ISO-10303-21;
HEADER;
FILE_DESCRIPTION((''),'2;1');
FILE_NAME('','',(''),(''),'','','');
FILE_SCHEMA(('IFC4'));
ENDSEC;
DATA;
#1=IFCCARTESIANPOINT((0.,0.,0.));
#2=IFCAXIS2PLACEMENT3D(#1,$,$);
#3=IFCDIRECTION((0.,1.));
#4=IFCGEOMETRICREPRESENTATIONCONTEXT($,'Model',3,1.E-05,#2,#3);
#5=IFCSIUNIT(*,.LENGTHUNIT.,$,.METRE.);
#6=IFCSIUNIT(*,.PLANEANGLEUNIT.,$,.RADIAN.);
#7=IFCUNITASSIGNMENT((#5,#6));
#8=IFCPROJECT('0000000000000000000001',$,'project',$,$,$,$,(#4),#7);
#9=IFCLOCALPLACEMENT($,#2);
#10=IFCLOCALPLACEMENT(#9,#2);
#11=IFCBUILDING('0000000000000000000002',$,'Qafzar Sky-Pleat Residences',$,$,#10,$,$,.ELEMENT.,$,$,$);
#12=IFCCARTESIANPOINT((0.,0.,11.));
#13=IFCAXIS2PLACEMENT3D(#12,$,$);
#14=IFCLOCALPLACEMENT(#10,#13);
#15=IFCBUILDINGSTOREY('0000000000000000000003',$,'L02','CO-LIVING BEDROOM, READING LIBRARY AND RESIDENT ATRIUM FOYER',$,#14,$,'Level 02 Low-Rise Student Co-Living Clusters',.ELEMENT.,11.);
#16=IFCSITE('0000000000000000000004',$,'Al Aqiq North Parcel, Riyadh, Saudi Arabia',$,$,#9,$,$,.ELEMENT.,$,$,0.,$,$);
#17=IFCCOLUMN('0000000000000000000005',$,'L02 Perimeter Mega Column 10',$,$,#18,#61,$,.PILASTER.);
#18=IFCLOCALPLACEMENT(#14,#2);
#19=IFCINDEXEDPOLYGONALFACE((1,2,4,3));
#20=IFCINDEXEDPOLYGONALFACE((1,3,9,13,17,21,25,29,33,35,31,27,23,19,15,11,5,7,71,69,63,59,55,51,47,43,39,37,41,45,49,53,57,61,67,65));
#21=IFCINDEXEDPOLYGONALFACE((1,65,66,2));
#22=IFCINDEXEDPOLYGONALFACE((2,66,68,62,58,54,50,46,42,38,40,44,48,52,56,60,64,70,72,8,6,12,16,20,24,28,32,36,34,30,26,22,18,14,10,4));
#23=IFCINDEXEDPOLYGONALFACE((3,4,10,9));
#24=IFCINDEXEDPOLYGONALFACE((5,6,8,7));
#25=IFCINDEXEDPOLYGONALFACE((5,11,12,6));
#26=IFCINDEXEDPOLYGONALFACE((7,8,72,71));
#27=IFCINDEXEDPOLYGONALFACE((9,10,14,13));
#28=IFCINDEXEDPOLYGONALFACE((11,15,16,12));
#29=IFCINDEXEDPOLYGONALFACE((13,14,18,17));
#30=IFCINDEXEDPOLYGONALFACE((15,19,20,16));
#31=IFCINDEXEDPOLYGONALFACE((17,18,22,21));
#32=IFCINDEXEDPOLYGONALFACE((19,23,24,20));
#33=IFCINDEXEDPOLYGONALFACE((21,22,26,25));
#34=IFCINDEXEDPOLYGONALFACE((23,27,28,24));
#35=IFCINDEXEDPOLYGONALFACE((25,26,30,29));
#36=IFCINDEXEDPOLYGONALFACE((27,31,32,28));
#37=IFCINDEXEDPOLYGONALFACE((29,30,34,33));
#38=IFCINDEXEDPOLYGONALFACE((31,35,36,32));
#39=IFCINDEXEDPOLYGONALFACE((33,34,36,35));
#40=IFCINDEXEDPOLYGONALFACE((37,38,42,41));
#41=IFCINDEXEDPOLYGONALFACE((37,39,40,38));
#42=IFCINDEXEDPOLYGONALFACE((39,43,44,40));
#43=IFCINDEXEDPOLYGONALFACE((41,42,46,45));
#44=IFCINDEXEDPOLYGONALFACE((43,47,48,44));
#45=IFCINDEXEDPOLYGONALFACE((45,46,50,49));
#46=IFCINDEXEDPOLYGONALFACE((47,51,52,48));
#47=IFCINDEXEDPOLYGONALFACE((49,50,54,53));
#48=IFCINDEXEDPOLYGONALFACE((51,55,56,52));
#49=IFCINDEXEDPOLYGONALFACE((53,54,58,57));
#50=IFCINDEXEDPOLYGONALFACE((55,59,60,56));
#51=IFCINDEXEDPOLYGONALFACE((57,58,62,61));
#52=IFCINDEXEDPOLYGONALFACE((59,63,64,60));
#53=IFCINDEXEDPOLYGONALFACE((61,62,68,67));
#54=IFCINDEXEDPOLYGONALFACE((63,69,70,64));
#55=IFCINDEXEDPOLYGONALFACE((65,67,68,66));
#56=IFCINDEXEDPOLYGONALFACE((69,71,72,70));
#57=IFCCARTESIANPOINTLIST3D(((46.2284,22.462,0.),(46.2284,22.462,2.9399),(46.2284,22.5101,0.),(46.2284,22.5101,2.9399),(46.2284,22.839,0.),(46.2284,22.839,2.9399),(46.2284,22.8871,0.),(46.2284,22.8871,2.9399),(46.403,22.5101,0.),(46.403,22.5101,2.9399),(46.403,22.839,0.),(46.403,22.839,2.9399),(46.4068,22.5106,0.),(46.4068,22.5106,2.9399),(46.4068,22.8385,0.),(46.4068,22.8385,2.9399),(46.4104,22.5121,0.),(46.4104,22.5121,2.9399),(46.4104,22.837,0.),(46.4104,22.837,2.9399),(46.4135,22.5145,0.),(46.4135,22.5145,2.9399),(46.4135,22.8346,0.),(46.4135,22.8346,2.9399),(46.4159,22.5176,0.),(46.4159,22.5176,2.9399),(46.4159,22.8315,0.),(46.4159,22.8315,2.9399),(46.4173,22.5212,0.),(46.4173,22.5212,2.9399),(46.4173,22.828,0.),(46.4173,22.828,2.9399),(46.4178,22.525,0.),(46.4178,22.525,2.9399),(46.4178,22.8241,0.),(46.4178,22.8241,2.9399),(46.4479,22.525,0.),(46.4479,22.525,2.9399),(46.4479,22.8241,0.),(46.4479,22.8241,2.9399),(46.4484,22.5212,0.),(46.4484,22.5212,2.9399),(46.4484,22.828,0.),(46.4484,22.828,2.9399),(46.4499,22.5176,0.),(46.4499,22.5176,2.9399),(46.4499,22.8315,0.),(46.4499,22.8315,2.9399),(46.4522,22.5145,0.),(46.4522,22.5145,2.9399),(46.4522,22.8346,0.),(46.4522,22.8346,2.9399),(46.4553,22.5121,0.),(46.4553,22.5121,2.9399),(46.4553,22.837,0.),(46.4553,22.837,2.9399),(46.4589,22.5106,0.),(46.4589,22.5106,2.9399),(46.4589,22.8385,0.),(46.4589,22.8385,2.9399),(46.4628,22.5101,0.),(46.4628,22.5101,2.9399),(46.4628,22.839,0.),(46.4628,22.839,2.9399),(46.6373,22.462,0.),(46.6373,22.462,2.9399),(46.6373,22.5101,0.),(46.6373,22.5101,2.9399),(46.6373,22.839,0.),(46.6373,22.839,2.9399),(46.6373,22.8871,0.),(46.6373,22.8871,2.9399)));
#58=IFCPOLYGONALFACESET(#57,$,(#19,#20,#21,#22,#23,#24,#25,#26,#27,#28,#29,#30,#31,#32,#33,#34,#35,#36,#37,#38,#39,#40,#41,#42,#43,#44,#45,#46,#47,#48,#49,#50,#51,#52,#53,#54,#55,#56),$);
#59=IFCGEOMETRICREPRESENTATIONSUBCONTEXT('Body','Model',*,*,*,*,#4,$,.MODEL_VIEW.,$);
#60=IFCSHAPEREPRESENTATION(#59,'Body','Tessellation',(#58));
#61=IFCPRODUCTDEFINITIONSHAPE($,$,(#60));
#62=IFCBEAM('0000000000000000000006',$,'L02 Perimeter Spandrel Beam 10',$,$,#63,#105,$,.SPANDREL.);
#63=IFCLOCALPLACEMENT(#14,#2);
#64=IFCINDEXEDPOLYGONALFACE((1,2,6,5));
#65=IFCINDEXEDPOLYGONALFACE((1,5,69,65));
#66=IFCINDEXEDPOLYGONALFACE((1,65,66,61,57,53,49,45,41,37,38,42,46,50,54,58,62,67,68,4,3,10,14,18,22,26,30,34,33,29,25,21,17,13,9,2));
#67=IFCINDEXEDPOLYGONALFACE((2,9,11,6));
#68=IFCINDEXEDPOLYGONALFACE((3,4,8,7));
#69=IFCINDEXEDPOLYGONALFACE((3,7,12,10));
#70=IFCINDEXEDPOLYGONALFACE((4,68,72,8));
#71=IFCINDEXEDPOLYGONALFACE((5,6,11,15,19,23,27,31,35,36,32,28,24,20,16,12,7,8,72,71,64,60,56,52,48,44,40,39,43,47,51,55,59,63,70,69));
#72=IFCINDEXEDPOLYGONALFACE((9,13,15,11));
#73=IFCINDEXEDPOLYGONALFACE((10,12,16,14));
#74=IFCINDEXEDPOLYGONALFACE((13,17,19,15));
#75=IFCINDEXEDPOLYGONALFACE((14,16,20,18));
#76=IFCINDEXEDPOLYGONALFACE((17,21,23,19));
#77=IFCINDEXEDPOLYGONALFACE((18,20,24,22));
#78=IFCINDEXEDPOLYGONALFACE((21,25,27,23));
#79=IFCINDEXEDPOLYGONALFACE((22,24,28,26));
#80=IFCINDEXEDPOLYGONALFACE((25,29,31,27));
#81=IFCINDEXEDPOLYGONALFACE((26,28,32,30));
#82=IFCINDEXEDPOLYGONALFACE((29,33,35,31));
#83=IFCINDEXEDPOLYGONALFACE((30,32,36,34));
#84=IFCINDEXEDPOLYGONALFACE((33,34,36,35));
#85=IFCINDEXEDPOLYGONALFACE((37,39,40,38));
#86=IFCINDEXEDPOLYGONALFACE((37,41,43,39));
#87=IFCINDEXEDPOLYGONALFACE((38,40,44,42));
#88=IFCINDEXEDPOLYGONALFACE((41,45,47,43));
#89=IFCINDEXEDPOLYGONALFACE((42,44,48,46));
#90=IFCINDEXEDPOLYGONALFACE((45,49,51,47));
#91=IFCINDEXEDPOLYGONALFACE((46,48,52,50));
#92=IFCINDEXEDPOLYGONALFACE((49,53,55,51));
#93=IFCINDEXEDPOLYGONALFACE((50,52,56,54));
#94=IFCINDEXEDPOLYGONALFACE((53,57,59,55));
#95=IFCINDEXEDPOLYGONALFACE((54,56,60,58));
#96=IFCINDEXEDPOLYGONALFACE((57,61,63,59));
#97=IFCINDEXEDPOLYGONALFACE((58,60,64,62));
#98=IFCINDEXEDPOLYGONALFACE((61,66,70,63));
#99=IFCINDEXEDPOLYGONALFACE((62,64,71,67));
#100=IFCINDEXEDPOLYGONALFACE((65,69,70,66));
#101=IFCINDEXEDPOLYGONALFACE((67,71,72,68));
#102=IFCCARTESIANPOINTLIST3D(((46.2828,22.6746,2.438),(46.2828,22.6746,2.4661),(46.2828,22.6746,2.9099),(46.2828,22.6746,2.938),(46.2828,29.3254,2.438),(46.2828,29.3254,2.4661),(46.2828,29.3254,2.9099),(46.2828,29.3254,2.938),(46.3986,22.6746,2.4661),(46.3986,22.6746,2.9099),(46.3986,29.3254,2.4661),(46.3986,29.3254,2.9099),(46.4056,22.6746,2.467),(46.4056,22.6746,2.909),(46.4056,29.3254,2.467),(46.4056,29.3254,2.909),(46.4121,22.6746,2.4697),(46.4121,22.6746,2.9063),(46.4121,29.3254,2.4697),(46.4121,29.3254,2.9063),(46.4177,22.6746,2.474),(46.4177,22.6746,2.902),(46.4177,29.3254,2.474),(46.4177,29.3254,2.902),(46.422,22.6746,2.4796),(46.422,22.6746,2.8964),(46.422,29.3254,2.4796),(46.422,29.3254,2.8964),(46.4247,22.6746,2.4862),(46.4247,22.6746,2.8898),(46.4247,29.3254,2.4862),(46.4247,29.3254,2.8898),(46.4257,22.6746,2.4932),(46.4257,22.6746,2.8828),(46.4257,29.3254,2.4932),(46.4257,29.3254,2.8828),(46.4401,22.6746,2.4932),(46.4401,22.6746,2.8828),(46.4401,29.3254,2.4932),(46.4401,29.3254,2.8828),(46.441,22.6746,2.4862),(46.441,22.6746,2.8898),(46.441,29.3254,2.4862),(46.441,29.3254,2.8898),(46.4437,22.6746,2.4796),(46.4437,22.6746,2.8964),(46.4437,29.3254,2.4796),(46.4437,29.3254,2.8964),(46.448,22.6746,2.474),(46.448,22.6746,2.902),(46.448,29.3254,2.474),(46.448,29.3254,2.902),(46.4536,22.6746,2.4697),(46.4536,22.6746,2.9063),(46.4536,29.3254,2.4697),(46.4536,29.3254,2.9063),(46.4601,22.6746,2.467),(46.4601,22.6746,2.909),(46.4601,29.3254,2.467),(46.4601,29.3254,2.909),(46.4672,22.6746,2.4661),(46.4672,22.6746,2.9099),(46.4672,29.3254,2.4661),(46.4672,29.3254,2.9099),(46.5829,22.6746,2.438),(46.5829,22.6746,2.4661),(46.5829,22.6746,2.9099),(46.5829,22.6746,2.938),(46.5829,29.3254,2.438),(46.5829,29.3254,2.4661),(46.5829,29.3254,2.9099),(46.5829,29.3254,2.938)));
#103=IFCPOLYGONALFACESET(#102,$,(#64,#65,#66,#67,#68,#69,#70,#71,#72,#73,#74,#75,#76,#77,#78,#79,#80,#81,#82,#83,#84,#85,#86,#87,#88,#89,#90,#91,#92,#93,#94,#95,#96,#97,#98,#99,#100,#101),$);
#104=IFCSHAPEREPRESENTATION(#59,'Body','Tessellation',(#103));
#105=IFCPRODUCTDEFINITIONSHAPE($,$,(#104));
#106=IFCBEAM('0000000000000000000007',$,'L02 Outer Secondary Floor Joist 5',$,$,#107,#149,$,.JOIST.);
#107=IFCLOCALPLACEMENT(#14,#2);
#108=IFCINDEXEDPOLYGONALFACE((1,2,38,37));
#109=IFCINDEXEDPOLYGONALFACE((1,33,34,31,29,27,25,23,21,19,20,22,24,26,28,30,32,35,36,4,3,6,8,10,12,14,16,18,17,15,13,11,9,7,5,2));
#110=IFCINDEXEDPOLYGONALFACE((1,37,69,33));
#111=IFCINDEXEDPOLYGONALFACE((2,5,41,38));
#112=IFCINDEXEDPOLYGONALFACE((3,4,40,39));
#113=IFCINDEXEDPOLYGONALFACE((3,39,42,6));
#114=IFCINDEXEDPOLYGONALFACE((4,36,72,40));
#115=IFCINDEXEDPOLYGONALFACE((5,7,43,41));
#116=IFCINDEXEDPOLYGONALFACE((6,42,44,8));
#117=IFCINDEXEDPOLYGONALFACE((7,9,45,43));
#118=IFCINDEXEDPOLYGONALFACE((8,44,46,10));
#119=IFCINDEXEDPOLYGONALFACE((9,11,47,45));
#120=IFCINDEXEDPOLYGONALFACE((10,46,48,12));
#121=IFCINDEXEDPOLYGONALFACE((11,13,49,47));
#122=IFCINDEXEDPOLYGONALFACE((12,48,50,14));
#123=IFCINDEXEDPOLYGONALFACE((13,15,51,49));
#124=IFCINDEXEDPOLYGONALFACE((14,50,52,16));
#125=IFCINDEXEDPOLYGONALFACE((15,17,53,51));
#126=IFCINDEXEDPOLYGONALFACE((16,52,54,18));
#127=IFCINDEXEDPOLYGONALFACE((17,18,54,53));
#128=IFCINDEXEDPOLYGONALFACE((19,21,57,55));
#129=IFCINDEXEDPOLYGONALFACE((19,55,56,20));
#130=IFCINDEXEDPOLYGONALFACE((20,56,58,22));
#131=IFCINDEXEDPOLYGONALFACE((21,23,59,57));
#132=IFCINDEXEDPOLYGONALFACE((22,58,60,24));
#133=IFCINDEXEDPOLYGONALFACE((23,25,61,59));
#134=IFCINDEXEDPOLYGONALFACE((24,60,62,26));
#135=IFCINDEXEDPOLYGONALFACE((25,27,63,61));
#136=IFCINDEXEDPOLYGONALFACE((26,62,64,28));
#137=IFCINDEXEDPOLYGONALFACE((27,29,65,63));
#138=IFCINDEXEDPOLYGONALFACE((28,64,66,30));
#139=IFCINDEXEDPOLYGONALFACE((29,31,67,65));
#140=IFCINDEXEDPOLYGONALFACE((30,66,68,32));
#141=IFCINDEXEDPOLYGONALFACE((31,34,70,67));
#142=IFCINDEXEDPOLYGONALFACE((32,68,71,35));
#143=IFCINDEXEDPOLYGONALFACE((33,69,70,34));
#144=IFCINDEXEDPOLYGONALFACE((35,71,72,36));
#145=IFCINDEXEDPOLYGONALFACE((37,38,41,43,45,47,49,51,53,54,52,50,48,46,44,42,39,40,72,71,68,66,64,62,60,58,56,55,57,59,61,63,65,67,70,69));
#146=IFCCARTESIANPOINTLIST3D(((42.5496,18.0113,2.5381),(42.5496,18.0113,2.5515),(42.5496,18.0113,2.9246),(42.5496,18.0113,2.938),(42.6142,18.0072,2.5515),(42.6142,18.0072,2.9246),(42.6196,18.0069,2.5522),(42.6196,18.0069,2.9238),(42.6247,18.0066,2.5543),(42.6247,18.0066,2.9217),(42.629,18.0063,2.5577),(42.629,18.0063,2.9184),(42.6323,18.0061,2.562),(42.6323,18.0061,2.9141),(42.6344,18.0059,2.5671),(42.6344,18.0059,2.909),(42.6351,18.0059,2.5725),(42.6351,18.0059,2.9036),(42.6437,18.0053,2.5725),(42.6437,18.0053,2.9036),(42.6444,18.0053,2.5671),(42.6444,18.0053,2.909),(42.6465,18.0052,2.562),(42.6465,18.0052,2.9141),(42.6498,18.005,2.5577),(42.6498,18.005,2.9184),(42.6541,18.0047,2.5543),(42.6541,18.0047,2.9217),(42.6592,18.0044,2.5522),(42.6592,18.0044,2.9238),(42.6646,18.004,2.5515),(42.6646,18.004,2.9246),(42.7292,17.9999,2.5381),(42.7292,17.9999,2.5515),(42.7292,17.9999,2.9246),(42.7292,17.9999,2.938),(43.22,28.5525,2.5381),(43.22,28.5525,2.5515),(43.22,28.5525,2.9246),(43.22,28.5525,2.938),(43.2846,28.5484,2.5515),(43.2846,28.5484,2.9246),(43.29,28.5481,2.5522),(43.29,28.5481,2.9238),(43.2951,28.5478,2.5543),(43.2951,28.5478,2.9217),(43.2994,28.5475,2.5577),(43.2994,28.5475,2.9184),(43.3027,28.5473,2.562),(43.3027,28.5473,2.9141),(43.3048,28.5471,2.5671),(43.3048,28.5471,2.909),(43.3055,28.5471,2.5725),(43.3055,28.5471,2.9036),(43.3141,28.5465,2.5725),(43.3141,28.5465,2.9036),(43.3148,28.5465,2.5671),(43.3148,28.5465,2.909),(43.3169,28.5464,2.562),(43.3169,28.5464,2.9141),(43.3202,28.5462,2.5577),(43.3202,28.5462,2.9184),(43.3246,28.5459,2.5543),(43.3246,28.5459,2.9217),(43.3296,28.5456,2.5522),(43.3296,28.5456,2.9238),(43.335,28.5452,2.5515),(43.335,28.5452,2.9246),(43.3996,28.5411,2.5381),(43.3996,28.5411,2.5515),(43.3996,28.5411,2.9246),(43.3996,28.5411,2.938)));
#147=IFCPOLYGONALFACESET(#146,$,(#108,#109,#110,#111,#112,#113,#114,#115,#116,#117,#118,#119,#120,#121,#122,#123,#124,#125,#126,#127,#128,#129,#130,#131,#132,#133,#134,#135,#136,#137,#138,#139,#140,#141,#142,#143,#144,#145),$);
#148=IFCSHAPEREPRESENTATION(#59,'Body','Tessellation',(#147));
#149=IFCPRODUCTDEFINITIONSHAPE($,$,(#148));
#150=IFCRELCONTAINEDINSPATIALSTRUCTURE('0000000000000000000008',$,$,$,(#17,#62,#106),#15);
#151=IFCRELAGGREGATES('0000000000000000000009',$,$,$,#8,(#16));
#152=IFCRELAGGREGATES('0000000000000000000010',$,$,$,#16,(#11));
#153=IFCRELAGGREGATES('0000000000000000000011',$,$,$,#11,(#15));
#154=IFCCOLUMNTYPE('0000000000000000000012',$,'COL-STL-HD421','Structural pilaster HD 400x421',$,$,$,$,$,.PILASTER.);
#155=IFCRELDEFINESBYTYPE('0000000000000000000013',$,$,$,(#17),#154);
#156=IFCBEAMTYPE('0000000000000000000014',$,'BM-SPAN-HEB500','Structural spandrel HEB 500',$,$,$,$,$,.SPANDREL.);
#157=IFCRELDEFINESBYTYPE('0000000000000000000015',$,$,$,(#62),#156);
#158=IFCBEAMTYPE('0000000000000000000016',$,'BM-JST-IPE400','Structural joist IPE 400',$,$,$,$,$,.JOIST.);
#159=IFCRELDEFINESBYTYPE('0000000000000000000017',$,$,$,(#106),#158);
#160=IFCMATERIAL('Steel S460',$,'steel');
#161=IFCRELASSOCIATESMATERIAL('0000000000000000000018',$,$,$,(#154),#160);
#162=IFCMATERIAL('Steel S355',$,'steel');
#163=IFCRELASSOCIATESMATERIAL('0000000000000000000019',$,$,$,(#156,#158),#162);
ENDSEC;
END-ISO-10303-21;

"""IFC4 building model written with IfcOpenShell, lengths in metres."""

from ifc_helpers import new_model, si_unit, direction, frame, origin, origin_2d, place, context, subcontext, project, spatial, i_section, extrude, source, transform, mapped, material, material_profile, profile_set, type_object, element, save


model = new_model("IFC4")

# Units and contexts
model_context = context("Model", 3, precision=1e-05, world=origin(), true_north=direction((0.0, 1.0)))
body_context = subcontext(model_context, "Body", "Model", "MODEL_VIEW")
ifc_project = project(units=[si_unit("LENGTHUNIT", "METRE"), si_unit("PLANEANGLEUNIT", "RADIAN")], contexts=[model_context])

# Site, building, storey
site_placement = place(None, origin())
site = spatial("IfcSite", under=ifc_project, at=site_placement, Name="Al Aqiq North Parcel, Riyadh, Saudi Arabia", CompositionType="ELEMENT", RefElevation=0.0)
building_placement = place(site_placement, origin())
building = spatial("IfcBuilding", under=site, at=building_placement, Name="Qafzar Sky-Pleat Residences", CompositionType="ELEMENT")
storey_placement = place(building_placement, frame((0.0, 0.0, 11.0)))
storey = spatial("IfcBuildingStorey", under=building, at=storey_placement, Name="L02", Description="CO-LIVING BEDROOM, READING LIBRARY AND RESIDENT ATRIUM FOYER", LongName="Level 02 Low-Rise Student Co-Living Clusters", CompositionType="ELEMENT", Elevation=11.0)

# Column
ifc_material_1 = material(Name="Steel S460", Category="steel")
ifc_material_profile_1 = material_profile(ifc_material_1, i_section(OverallWidth=0.4089, OverallDepth=0.425, WebThickness=0.03, FlangeThickness=0.0481, FilletRadius=0.0149, at=origin_2d()), Name="HD 400x421")
ifc_profile_set_1 = profile_set([ifc_material_profile_1], Name="Steel S460")
column_type = type_object("IfcColumnType", Name="COL-STL-HD421", Description="Structural pilaster HD 400x421", PredefinedType="PILASTER", material=ifc_profile_set_1)
shared_shape_1 = source(origin(), body_context, "Body", "SweptSolid", [
    extrude(i_section(OverallWidth=0.4089, OverallDepth=0.425, WebThickness=0.03, FlangeThickness=0.0481, FilletRadius=0.0149, at=origin_2d()), origin(), (0.0, 0.0, 1.0), 2.9399),
])
column_placement = place(storey_placement, frame((46.4329, 22.6746, 0.0), z_axis=(0.0, 0.0, 1.0), x_axis=(1.0, 0.0, 0.0)))
element("IfcColumn", 1, at=column_placement, inside=storey, type_object=column_type, Name="L02 Perimeter Mega Column 10", PredefinedType="PILASTER", context=body_context, shape_type="MappedRepresentation", body=[
    mapped(shared_shape_1, transform((0.0, 0.0, 0.0), x_axis=(1.0, 0.0, 0.0), y_axis=(0.0, 1.0, 0.0), z_axis=(0.0, 0.0, 1.0), scale=1.0)),
])

# Beams
ifc_material_2 = material(Name="Steel S355", Category="steel")
ifc_material_profile_2 = material_profile(ifc_material_2, i_section(OverallWidth=0.3, OverallDepth=0.5, WebThickness=0.0144, FlangeThickness=0.0281, FilletRadius=0.0271, at=origin_2d()), Name="HEB 500")
ifc_profile_set_2 = profile_set([ifc_material_profile_2], Name="Steel S355")
beam_type_1 = type_object("IfcBeamType", Name="BM-SPAN-HEB500", Description="Structural spandrel HEB 500", PredefinedType="SPANDREL", material=ifc_profile_set_2)
shared_shape_2 = source(origin(), body_context, "Body", "SweptSolid", [
    extrude(i_section(OverallWidth=0.3, OverallDepth=0.5, WebThickness=0.0144, FlangeThickness=0.0281, FilletRadius=0.0271, at=origin_2d()), origin(), (0.0, 0.0, 1.0), 6.6509),
])
beam_1_placement = place(storey_placement, frame((46.4329, 22.6746, 2.688), z_axis=(0.0, 1.0, 0.0), x_axis=(-1.0, 0.0, 0.0)))
element("IfcBeam", 2, at=beam_1_placement, inside=storey, type_object=beam_type_1, Name="L02 Perimeter Spandrel Beam 10", PredefinedType="SPANDREL", context=body_context, shape_type="MappedRepresentation", body=[
    mapped(shared_shape_2, transform((0.0, 0.0, 0.0), x_axis=(1.0, 0.0, 0.0), y_axis=(0.0, 1.0, 0.0), z_axis=(0.0, 0.0, 1.0), scale=1.0)),
])
ifc_material_profile_3 = material_profile(ifc_material_2, i_section(OverallWidth=0.1799, OverallDepth=0.3999, WebThickness=0.0085, FlangeThickness=0.0134, FilletRadius=0.021, at=origin_2d()), Name="IPE 400")
ifc_profile_set_3 = profile_set([ifc_material_profile_3], Name="Steel S355")
beam_type_2 = type_object("IfcBeamType", Name="BM-JST-IPE400", Description="Structural joist IPE 400", PredefinedType="JOIST", material=ifc_profile_set_3)
shared_shape_3 = source(origin(), body_context, "Body", "SweptSolid", [
    extrude(i_section(OverallWidth=0.1799, OverallDepth=0.3999, WebThickness=0.0085, FlangeThickness=0.0134, FilletRadius=0.021, at=origin_2d()), origin(), (0.0, 0.0, 1.0), 10.5625),
])
beam_2_placement = place(storey_placement, frame((42.6394, 18.0056, 2.738), z_axis=(0.06347, 0.997984, 0.0), x_axis=(-0.997984, 0.06347, 0.0)))
element("IfcBeam", 3, at=beam_2_placement, inside=storey, type_object=beam_type_2, Name="L02 Outer Secondary Floor Joist 5", PredefinedType="JOIST", context=body_context, shape_type="MappedRepresentation", body=[
    mapped(shared_shape_3, transform((0.0, 0.0, 0.0), x_axis=(1.0, 0.0, 0.0), y_axis=(0.0, 1.0, 0.0), z_axis=(0.0, 0.0, 1.0), scale=1.0)),
])

save(model, "model.ifc")
